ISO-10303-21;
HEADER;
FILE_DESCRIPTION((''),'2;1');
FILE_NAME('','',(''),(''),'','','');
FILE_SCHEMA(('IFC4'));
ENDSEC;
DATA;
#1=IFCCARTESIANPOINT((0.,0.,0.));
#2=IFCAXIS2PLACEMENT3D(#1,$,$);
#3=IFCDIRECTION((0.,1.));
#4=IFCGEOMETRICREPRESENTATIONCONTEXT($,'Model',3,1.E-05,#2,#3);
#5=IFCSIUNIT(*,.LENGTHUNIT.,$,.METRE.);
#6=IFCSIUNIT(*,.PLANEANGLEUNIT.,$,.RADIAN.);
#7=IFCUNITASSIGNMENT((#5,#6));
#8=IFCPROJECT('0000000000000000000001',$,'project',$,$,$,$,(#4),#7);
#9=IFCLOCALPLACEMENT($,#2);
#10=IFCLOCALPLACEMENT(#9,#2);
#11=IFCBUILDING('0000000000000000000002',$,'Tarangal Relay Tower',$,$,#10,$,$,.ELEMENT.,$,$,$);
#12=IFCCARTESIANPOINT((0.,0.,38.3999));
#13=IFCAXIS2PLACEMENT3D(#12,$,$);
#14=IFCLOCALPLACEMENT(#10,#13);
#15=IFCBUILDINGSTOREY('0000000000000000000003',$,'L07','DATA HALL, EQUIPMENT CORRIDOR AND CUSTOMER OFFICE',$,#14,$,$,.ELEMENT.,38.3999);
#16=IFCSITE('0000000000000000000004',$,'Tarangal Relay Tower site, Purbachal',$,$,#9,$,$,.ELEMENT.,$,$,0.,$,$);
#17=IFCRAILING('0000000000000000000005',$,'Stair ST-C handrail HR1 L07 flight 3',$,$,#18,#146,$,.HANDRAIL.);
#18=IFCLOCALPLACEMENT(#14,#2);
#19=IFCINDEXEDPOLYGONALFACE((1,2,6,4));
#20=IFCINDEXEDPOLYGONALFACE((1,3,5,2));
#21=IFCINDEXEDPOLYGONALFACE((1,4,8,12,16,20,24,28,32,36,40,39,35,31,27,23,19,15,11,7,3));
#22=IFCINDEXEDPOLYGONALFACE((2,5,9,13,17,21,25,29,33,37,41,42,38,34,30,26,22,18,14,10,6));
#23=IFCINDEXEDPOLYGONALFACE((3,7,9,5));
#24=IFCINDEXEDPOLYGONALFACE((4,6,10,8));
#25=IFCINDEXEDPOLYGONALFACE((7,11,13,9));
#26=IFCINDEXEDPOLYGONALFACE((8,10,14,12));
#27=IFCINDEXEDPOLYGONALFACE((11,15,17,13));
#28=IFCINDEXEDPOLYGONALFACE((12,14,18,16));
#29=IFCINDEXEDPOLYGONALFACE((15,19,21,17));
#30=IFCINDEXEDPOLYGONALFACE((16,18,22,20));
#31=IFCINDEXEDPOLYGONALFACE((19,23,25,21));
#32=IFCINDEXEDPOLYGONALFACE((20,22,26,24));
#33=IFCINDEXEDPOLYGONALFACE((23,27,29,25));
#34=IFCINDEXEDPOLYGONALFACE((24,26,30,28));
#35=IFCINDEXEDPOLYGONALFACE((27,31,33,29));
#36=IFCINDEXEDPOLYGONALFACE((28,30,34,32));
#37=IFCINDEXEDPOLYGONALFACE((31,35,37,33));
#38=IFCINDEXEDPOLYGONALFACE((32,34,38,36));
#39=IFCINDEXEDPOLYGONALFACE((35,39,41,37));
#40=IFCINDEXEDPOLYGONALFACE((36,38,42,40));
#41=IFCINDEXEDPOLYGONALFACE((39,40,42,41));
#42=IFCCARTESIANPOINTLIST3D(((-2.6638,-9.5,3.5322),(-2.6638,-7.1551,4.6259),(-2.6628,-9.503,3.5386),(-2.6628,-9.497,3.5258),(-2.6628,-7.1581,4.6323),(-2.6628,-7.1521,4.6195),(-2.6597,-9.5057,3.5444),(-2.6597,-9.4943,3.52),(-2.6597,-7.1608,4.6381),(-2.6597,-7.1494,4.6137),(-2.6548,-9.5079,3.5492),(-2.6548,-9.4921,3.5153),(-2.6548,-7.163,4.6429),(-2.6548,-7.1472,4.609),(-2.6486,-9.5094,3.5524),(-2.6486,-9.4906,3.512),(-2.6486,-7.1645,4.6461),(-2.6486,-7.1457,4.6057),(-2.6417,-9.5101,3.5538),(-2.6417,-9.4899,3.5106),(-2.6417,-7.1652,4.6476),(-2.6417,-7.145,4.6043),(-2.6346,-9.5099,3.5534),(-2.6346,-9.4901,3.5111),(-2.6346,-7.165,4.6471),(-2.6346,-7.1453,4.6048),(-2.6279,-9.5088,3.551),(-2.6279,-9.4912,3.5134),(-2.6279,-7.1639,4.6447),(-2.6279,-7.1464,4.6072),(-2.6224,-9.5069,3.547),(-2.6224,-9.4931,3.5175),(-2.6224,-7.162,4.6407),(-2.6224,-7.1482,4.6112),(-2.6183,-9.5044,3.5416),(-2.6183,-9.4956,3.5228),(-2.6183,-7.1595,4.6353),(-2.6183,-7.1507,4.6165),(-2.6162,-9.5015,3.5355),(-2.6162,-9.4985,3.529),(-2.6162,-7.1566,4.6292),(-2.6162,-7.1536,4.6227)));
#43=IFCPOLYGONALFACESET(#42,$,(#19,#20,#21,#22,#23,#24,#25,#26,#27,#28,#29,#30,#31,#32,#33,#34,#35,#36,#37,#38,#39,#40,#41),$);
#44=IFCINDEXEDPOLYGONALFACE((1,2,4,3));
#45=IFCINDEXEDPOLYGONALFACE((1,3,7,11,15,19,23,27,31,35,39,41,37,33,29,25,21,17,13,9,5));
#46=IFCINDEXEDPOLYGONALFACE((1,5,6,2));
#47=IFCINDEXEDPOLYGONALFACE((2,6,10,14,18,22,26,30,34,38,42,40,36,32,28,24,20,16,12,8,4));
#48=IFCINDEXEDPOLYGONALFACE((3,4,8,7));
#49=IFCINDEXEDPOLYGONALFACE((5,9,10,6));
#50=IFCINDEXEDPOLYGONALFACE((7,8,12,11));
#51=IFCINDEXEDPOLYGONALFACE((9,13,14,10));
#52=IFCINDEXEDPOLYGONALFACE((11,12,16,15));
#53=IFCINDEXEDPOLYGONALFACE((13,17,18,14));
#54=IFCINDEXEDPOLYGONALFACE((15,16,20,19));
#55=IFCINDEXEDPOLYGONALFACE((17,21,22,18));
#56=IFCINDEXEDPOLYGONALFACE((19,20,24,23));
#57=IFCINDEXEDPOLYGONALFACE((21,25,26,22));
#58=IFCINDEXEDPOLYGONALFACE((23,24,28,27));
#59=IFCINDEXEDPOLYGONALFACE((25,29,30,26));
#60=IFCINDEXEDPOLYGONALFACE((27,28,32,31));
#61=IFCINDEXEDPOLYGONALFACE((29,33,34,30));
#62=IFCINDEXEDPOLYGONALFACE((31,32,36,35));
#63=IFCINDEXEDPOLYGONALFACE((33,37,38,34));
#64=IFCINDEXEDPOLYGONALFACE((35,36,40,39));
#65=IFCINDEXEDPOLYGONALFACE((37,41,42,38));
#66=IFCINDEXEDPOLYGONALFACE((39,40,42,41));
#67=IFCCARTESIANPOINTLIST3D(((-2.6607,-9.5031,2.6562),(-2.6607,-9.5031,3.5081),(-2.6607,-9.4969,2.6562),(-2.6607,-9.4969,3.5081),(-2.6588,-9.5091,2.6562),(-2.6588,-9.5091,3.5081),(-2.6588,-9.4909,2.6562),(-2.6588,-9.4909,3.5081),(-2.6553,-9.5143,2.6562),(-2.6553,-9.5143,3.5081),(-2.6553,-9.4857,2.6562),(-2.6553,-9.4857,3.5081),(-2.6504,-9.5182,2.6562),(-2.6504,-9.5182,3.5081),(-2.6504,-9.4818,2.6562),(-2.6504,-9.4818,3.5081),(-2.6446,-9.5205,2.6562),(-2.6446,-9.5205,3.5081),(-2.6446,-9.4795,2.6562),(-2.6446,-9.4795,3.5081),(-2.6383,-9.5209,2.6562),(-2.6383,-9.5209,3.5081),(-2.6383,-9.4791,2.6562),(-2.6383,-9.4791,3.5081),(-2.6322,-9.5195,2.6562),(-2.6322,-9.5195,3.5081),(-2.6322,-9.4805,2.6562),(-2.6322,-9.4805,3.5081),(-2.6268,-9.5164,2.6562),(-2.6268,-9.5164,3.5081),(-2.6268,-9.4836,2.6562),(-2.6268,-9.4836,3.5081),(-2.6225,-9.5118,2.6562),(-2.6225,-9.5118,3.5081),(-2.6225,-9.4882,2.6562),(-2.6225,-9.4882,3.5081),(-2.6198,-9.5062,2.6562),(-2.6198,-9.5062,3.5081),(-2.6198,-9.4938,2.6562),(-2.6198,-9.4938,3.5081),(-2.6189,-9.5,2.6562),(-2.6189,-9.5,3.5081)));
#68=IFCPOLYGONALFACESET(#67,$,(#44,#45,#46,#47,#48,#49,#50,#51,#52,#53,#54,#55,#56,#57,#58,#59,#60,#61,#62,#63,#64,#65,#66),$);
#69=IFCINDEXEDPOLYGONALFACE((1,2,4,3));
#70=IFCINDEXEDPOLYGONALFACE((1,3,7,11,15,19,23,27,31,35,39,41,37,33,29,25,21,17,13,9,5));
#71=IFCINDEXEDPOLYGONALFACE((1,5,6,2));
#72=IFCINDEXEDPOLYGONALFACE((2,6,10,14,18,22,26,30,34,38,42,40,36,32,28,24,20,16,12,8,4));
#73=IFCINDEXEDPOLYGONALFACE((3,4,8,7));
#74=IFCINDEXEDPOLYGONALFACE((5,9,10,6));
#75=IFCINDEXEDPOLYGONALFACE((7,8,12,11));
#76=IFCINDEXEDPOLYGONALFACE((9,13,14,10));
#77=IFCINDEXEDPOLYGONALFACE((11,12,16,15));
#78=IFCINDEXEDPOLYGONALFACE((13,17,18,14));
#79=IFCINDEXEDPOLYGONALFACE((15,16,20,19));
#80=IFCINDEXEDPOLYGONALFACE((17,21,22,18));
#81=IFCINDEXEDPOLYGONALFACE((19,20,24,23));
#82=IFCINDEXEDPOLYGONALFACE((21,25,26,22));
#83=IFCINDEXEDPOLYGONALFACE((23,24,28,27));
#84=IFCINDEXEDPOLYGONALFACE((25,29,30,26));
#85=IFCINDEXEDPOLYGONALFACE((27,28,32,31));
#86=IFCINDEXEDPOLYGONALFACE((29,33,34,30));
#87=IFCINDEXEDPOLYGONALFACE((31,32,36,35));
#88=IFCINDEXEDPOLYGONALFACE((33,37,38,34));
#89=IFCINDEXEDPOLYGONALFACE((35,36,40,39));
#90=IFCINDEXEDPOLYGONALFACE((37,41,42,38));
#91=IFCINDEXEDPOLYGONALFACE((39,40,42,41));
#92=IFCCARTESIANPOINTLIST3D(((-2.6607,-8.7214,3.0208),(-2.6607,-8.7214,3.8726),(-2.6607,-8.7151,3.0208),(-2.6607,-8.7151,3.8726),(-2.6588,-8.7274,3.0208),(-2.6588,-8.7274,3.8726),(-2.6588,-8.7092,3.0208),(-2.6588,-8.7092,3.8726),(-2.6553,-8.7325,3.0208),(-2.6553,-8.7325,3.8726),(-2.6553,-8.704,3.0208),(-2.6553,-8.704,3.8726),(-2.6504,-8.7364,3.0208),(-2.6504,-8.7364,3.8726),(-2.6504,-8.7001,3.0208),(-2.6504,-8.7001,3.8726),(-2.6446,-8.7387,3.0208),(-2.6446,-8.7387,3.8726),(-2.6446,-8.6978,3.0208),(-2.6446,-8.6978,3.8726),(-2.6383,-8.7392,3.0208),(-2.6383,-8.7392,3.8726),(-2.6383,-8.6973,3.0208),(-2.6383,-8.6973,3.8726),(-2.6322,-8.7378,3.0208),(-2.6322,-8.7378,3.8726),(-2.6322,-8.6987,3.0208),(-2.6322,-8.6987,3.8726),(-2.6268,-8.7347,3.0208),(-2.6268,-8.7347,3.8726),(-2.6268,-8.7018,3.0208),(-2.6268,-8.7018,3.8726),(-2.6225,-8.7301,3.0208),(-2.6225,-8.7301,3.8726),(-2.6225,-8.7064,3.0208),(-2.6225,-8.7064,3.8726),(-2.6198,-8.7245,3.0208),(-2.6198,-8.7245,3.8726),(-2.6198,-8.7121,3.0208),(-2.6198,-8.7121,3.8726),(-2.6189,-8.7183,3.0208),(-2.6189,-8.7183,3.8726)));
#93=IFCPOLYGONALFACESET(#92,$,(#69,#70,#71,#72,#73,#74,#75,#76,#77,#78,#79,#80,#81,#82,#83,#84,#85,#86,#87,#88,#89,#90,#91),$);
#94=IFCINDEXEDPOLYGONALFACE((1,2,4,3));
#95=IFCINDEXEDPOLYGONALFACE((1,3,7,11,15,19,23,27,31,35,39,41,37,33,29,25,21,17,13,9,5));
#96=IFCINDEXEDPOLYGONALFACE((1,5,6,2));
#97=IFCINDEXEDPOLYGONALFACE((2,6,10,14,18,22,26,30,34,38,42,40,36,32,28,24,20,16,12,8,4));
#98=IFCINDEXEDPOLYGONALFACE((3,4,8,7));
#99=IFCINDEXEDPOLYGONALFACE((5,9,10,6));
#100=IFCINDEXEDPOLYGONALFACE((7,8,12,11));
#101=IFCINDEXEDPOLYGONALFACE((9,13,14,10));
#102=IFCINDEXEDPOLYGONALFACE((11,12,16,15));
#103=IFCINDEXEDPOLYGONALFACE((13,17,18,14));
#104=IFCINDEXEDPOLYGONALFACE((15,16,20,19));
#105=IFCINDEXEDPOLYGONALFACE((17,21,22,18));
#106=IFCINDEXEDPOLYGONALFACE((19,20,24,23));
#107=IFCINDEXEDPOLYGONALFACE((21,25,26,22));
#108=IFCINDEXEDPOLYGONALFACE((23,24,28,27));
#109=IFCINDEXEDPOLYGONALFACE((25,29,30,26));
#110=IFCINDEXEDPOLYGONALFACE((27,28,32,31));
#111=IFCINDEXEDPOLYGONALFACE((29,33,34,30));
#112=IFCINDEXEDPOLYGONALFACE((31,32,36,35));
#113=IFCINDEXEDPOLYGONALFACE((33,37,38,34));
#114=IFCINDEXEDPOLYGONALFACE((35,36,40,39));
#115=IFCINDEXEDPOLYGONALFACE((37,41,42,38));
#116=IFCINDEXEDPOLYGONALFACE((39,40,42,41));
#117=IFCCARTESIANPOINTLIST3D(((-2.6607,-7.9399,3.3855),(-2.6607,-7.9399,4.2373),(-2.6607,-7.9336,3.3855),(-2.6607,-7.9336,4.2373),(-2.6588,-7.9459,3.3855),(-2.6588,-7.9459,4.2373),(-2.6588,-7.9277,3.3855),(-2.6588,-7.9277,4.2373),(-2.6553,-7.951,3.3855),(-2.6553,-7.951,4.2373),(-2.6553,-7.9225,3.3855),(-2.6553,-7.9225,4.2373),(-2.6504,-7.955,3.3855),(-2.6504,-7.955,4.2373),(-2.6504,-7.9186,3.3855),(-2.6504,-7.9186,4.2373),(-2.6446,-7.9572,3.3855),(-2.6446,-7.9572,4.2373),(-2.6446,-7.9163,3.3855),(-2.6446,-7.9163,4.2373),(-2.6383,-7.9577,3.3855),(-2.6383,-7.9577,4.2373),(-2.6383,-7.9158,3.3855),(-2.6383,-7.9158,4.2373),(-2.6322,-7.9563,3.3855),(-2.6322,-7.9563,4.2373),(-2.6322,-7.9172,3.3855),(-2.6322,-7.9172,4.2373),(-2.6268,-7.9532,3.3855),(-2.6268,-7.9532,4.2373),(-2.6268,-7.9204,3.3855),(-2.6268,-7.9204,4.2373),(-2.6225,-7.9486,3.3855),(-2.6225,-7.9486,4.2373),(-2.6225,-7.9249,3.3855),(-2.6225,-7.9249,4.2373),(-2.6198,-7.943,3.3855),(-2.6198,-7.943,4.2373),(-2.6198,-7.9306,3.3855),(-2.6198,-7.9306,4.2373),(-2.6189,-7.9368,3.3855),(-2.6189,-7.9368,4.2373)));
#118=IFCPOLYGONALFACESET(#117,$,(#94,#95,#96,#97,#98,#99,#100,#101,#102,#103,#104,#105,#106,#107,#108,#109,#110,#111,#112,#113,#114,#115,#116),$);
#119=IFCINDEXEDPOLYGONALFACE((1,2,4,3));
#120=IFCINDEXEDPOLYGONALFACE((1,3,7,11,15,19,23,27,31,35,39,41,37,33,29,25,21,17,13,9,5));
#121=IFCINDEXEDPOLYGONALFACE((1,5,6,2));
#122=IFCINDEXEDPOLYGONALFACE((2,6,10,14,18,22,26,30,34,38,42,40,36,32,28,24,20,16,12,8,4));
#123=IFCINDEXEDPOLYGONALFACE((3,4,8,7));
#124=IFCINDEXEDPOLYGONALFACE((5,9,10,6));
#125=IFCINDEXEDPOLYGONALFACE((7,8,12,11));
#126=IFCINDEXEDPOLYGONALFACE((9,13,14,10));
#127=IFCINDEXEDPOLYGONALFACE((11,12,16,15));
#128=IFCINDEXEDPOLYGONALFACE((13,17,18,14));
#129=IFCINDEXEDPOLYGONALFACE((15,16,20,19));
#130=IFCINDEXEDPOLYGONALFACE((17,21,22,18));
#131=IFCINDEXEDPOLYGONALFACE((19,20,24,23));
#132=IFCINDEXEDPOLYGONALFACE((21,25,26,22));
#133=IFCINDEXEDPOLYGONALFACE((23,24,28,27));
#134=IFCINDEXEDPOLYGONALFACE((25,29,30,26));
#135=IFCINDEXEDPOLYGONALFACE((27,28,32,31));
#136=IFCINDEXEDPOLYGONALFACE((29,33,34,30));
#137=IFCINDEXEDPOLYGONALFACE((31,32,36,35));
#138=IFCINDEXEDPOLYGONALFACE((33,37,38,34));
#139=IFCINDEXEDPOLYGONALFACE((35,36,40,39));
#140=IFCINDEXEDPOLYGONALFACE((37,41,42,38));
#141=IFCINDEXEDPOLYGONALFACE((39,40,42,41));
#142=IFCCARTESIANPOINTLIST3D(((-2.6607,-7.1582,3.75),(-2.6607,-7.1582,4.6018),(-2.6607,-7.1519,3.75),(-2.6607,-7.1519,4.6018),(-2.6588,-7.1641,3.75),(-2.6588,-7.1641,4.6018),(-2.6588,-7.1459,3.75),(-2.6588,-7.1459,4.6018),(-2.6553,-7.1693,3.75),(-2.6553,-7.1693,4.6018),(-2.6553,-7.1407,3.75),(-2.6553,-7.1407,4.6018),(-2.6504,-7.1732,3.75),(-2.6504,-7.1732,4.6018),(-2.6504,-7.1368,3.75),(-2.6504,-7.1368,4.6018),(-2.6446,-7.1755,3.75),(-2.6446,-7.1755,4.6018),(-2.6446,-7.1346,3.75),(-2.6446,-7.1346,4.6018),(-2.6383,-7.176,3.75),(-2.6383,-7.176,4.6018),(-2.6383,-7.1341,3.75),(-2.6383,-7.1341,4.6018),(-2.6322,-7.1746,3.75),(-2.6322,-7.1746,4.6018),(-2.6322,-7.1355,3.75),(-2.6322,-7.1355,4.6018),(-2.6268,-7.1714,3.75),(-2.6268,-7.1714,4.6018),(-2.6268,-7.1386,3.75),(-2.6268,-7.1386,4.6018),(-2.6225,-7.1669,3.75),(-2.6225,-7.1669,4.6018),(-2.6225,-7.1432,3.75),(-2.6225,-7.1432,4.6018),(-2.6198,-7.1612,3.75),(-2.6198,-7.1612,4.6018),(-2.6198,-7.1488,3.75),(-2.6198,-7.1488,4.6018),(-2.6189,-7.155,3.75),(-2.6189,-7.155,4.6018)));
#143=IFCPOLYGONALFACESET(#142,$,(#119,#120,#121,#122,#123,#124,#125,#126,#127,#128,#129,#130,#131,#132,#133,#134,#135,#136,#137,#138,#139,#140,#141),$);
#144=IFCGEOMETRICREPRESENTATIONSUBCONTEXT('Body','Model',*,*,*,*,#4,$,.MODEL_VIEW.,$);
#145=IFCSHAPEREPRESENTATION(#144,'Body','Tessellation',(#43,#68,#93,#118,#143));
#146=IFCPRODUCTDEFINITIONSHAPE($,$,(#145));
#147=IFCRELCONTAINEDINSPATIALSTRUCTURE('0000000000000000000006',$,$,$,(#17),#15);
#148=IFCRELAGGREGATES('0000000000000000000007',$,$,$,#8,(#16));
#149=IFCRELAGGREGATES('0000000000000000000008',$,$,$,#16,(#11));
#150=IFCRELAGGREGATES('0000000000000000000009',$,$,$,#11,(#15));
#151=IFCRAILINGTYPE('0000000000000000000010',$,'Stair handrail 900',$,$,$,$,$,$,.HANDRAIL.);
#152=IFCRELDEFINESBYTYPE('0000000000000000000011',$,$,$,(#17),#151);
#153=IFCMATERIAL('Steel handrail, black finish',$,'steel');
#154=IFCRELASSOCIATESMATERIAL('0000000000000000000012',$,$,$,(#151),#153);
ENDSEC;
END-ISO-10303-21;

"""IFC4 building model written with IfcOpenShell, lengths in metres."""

from ifc_helpers import new_model, si_unit, direction, frame, origin, origin_2d, place, context, subcontext, project, spatial, circle, extrude, material, type_object, element, save


model = new_model("IFC4")

# Units and contexts
model_context = context("Model", 3, precision=1e-05, world=origin(), true_north=direction((0.0, 1.0)))
body_context = subcontext(model_context, "Body", "Model", "MODEL_VIEW")
ifc_project = project(units=[si_unit("LENGTHUNIT", "METRE"), si_unit("PLANEANGLEUNIT", "RADIAN")], contexts=[model_context])

# Site, building, storey
site_placement = place(None, origin())
site = spatial("IfcSite", under=ifc_project, at=site_placement, Name="Tarangal Relay Tower site, Purbachal", CompositionType="ELEMENT", RefElevation=0.0)
building_placement = place(site_placement, origin())
building = spatial("IfcBuilding", under=site, at=building_placement, Name="Tarangal Relay Tower", CompositionType="ELEMENT")
storey_placement = place(building_placement, frame((0.0, 0.0, 38.3999)))
storey = spatial("IfcBuildingStorey", under=building, at=storey_placement, Name="L07", Description="DATA HALL, EQUIPMENT CORRIDOR AND CUSTOMER OFFICE", CompositionType="ELEMENT", Elevation=38.3999)

# Railing
ifc_material_1 = material(Name="Steel handrail, black finish", Category="steel")
railing_type_1 = type_object("IfcRailingType", Name="Stair handrail 900", PredefinedType="HANDRAIL", material=ifc_material_1)
for number, where, name in (
    (1, (-2.6399, -9.5, 2.6562), "Stair ST-C handrail HR1 L07 flight 3"),
):
    element("IfcRailing", number, at=place(storey_placement, frame(where)), inside=storey, type_object=railing_type_1, Name=name, PredefinedType="HANDRAIL", context=body_context, shape_type="SweptSolid", body=[
        extrude(circle(Radius=0.0239, at=origin_2d()), frame((0.0, 0.0, 0.876), z_axis=(0.0, 0.906267, 0.422705), x_axis=(-1.0, 0.0, 0.0)), (0.0, 0.0, 1.0), 2.5874),
        extrude(circle(Radius=0.021, at=origin_2d()), origin(), (0.0, 0.0, 1.0), 0.8518),
        extrude(circle(Radius=0.021, at=origin_2d()), frame((0.0, 0.7817, 0.3645)), (0.0, 0.0, 1.0), 0.8518),
        extrude(circle(Radius=0.021, at=origin_2d()), frame((0.0, 1.5632, 0.7292)), (0.0, 0.0, 1.0), 0.8518),
        extrude(circle(Radius=0.021, at=origin_2d()), frame((0.0, 2.345, 1.0938)), (0.0, 0.0, 1.0), 0.8518),
    ])

save(model, "model.ifc")
